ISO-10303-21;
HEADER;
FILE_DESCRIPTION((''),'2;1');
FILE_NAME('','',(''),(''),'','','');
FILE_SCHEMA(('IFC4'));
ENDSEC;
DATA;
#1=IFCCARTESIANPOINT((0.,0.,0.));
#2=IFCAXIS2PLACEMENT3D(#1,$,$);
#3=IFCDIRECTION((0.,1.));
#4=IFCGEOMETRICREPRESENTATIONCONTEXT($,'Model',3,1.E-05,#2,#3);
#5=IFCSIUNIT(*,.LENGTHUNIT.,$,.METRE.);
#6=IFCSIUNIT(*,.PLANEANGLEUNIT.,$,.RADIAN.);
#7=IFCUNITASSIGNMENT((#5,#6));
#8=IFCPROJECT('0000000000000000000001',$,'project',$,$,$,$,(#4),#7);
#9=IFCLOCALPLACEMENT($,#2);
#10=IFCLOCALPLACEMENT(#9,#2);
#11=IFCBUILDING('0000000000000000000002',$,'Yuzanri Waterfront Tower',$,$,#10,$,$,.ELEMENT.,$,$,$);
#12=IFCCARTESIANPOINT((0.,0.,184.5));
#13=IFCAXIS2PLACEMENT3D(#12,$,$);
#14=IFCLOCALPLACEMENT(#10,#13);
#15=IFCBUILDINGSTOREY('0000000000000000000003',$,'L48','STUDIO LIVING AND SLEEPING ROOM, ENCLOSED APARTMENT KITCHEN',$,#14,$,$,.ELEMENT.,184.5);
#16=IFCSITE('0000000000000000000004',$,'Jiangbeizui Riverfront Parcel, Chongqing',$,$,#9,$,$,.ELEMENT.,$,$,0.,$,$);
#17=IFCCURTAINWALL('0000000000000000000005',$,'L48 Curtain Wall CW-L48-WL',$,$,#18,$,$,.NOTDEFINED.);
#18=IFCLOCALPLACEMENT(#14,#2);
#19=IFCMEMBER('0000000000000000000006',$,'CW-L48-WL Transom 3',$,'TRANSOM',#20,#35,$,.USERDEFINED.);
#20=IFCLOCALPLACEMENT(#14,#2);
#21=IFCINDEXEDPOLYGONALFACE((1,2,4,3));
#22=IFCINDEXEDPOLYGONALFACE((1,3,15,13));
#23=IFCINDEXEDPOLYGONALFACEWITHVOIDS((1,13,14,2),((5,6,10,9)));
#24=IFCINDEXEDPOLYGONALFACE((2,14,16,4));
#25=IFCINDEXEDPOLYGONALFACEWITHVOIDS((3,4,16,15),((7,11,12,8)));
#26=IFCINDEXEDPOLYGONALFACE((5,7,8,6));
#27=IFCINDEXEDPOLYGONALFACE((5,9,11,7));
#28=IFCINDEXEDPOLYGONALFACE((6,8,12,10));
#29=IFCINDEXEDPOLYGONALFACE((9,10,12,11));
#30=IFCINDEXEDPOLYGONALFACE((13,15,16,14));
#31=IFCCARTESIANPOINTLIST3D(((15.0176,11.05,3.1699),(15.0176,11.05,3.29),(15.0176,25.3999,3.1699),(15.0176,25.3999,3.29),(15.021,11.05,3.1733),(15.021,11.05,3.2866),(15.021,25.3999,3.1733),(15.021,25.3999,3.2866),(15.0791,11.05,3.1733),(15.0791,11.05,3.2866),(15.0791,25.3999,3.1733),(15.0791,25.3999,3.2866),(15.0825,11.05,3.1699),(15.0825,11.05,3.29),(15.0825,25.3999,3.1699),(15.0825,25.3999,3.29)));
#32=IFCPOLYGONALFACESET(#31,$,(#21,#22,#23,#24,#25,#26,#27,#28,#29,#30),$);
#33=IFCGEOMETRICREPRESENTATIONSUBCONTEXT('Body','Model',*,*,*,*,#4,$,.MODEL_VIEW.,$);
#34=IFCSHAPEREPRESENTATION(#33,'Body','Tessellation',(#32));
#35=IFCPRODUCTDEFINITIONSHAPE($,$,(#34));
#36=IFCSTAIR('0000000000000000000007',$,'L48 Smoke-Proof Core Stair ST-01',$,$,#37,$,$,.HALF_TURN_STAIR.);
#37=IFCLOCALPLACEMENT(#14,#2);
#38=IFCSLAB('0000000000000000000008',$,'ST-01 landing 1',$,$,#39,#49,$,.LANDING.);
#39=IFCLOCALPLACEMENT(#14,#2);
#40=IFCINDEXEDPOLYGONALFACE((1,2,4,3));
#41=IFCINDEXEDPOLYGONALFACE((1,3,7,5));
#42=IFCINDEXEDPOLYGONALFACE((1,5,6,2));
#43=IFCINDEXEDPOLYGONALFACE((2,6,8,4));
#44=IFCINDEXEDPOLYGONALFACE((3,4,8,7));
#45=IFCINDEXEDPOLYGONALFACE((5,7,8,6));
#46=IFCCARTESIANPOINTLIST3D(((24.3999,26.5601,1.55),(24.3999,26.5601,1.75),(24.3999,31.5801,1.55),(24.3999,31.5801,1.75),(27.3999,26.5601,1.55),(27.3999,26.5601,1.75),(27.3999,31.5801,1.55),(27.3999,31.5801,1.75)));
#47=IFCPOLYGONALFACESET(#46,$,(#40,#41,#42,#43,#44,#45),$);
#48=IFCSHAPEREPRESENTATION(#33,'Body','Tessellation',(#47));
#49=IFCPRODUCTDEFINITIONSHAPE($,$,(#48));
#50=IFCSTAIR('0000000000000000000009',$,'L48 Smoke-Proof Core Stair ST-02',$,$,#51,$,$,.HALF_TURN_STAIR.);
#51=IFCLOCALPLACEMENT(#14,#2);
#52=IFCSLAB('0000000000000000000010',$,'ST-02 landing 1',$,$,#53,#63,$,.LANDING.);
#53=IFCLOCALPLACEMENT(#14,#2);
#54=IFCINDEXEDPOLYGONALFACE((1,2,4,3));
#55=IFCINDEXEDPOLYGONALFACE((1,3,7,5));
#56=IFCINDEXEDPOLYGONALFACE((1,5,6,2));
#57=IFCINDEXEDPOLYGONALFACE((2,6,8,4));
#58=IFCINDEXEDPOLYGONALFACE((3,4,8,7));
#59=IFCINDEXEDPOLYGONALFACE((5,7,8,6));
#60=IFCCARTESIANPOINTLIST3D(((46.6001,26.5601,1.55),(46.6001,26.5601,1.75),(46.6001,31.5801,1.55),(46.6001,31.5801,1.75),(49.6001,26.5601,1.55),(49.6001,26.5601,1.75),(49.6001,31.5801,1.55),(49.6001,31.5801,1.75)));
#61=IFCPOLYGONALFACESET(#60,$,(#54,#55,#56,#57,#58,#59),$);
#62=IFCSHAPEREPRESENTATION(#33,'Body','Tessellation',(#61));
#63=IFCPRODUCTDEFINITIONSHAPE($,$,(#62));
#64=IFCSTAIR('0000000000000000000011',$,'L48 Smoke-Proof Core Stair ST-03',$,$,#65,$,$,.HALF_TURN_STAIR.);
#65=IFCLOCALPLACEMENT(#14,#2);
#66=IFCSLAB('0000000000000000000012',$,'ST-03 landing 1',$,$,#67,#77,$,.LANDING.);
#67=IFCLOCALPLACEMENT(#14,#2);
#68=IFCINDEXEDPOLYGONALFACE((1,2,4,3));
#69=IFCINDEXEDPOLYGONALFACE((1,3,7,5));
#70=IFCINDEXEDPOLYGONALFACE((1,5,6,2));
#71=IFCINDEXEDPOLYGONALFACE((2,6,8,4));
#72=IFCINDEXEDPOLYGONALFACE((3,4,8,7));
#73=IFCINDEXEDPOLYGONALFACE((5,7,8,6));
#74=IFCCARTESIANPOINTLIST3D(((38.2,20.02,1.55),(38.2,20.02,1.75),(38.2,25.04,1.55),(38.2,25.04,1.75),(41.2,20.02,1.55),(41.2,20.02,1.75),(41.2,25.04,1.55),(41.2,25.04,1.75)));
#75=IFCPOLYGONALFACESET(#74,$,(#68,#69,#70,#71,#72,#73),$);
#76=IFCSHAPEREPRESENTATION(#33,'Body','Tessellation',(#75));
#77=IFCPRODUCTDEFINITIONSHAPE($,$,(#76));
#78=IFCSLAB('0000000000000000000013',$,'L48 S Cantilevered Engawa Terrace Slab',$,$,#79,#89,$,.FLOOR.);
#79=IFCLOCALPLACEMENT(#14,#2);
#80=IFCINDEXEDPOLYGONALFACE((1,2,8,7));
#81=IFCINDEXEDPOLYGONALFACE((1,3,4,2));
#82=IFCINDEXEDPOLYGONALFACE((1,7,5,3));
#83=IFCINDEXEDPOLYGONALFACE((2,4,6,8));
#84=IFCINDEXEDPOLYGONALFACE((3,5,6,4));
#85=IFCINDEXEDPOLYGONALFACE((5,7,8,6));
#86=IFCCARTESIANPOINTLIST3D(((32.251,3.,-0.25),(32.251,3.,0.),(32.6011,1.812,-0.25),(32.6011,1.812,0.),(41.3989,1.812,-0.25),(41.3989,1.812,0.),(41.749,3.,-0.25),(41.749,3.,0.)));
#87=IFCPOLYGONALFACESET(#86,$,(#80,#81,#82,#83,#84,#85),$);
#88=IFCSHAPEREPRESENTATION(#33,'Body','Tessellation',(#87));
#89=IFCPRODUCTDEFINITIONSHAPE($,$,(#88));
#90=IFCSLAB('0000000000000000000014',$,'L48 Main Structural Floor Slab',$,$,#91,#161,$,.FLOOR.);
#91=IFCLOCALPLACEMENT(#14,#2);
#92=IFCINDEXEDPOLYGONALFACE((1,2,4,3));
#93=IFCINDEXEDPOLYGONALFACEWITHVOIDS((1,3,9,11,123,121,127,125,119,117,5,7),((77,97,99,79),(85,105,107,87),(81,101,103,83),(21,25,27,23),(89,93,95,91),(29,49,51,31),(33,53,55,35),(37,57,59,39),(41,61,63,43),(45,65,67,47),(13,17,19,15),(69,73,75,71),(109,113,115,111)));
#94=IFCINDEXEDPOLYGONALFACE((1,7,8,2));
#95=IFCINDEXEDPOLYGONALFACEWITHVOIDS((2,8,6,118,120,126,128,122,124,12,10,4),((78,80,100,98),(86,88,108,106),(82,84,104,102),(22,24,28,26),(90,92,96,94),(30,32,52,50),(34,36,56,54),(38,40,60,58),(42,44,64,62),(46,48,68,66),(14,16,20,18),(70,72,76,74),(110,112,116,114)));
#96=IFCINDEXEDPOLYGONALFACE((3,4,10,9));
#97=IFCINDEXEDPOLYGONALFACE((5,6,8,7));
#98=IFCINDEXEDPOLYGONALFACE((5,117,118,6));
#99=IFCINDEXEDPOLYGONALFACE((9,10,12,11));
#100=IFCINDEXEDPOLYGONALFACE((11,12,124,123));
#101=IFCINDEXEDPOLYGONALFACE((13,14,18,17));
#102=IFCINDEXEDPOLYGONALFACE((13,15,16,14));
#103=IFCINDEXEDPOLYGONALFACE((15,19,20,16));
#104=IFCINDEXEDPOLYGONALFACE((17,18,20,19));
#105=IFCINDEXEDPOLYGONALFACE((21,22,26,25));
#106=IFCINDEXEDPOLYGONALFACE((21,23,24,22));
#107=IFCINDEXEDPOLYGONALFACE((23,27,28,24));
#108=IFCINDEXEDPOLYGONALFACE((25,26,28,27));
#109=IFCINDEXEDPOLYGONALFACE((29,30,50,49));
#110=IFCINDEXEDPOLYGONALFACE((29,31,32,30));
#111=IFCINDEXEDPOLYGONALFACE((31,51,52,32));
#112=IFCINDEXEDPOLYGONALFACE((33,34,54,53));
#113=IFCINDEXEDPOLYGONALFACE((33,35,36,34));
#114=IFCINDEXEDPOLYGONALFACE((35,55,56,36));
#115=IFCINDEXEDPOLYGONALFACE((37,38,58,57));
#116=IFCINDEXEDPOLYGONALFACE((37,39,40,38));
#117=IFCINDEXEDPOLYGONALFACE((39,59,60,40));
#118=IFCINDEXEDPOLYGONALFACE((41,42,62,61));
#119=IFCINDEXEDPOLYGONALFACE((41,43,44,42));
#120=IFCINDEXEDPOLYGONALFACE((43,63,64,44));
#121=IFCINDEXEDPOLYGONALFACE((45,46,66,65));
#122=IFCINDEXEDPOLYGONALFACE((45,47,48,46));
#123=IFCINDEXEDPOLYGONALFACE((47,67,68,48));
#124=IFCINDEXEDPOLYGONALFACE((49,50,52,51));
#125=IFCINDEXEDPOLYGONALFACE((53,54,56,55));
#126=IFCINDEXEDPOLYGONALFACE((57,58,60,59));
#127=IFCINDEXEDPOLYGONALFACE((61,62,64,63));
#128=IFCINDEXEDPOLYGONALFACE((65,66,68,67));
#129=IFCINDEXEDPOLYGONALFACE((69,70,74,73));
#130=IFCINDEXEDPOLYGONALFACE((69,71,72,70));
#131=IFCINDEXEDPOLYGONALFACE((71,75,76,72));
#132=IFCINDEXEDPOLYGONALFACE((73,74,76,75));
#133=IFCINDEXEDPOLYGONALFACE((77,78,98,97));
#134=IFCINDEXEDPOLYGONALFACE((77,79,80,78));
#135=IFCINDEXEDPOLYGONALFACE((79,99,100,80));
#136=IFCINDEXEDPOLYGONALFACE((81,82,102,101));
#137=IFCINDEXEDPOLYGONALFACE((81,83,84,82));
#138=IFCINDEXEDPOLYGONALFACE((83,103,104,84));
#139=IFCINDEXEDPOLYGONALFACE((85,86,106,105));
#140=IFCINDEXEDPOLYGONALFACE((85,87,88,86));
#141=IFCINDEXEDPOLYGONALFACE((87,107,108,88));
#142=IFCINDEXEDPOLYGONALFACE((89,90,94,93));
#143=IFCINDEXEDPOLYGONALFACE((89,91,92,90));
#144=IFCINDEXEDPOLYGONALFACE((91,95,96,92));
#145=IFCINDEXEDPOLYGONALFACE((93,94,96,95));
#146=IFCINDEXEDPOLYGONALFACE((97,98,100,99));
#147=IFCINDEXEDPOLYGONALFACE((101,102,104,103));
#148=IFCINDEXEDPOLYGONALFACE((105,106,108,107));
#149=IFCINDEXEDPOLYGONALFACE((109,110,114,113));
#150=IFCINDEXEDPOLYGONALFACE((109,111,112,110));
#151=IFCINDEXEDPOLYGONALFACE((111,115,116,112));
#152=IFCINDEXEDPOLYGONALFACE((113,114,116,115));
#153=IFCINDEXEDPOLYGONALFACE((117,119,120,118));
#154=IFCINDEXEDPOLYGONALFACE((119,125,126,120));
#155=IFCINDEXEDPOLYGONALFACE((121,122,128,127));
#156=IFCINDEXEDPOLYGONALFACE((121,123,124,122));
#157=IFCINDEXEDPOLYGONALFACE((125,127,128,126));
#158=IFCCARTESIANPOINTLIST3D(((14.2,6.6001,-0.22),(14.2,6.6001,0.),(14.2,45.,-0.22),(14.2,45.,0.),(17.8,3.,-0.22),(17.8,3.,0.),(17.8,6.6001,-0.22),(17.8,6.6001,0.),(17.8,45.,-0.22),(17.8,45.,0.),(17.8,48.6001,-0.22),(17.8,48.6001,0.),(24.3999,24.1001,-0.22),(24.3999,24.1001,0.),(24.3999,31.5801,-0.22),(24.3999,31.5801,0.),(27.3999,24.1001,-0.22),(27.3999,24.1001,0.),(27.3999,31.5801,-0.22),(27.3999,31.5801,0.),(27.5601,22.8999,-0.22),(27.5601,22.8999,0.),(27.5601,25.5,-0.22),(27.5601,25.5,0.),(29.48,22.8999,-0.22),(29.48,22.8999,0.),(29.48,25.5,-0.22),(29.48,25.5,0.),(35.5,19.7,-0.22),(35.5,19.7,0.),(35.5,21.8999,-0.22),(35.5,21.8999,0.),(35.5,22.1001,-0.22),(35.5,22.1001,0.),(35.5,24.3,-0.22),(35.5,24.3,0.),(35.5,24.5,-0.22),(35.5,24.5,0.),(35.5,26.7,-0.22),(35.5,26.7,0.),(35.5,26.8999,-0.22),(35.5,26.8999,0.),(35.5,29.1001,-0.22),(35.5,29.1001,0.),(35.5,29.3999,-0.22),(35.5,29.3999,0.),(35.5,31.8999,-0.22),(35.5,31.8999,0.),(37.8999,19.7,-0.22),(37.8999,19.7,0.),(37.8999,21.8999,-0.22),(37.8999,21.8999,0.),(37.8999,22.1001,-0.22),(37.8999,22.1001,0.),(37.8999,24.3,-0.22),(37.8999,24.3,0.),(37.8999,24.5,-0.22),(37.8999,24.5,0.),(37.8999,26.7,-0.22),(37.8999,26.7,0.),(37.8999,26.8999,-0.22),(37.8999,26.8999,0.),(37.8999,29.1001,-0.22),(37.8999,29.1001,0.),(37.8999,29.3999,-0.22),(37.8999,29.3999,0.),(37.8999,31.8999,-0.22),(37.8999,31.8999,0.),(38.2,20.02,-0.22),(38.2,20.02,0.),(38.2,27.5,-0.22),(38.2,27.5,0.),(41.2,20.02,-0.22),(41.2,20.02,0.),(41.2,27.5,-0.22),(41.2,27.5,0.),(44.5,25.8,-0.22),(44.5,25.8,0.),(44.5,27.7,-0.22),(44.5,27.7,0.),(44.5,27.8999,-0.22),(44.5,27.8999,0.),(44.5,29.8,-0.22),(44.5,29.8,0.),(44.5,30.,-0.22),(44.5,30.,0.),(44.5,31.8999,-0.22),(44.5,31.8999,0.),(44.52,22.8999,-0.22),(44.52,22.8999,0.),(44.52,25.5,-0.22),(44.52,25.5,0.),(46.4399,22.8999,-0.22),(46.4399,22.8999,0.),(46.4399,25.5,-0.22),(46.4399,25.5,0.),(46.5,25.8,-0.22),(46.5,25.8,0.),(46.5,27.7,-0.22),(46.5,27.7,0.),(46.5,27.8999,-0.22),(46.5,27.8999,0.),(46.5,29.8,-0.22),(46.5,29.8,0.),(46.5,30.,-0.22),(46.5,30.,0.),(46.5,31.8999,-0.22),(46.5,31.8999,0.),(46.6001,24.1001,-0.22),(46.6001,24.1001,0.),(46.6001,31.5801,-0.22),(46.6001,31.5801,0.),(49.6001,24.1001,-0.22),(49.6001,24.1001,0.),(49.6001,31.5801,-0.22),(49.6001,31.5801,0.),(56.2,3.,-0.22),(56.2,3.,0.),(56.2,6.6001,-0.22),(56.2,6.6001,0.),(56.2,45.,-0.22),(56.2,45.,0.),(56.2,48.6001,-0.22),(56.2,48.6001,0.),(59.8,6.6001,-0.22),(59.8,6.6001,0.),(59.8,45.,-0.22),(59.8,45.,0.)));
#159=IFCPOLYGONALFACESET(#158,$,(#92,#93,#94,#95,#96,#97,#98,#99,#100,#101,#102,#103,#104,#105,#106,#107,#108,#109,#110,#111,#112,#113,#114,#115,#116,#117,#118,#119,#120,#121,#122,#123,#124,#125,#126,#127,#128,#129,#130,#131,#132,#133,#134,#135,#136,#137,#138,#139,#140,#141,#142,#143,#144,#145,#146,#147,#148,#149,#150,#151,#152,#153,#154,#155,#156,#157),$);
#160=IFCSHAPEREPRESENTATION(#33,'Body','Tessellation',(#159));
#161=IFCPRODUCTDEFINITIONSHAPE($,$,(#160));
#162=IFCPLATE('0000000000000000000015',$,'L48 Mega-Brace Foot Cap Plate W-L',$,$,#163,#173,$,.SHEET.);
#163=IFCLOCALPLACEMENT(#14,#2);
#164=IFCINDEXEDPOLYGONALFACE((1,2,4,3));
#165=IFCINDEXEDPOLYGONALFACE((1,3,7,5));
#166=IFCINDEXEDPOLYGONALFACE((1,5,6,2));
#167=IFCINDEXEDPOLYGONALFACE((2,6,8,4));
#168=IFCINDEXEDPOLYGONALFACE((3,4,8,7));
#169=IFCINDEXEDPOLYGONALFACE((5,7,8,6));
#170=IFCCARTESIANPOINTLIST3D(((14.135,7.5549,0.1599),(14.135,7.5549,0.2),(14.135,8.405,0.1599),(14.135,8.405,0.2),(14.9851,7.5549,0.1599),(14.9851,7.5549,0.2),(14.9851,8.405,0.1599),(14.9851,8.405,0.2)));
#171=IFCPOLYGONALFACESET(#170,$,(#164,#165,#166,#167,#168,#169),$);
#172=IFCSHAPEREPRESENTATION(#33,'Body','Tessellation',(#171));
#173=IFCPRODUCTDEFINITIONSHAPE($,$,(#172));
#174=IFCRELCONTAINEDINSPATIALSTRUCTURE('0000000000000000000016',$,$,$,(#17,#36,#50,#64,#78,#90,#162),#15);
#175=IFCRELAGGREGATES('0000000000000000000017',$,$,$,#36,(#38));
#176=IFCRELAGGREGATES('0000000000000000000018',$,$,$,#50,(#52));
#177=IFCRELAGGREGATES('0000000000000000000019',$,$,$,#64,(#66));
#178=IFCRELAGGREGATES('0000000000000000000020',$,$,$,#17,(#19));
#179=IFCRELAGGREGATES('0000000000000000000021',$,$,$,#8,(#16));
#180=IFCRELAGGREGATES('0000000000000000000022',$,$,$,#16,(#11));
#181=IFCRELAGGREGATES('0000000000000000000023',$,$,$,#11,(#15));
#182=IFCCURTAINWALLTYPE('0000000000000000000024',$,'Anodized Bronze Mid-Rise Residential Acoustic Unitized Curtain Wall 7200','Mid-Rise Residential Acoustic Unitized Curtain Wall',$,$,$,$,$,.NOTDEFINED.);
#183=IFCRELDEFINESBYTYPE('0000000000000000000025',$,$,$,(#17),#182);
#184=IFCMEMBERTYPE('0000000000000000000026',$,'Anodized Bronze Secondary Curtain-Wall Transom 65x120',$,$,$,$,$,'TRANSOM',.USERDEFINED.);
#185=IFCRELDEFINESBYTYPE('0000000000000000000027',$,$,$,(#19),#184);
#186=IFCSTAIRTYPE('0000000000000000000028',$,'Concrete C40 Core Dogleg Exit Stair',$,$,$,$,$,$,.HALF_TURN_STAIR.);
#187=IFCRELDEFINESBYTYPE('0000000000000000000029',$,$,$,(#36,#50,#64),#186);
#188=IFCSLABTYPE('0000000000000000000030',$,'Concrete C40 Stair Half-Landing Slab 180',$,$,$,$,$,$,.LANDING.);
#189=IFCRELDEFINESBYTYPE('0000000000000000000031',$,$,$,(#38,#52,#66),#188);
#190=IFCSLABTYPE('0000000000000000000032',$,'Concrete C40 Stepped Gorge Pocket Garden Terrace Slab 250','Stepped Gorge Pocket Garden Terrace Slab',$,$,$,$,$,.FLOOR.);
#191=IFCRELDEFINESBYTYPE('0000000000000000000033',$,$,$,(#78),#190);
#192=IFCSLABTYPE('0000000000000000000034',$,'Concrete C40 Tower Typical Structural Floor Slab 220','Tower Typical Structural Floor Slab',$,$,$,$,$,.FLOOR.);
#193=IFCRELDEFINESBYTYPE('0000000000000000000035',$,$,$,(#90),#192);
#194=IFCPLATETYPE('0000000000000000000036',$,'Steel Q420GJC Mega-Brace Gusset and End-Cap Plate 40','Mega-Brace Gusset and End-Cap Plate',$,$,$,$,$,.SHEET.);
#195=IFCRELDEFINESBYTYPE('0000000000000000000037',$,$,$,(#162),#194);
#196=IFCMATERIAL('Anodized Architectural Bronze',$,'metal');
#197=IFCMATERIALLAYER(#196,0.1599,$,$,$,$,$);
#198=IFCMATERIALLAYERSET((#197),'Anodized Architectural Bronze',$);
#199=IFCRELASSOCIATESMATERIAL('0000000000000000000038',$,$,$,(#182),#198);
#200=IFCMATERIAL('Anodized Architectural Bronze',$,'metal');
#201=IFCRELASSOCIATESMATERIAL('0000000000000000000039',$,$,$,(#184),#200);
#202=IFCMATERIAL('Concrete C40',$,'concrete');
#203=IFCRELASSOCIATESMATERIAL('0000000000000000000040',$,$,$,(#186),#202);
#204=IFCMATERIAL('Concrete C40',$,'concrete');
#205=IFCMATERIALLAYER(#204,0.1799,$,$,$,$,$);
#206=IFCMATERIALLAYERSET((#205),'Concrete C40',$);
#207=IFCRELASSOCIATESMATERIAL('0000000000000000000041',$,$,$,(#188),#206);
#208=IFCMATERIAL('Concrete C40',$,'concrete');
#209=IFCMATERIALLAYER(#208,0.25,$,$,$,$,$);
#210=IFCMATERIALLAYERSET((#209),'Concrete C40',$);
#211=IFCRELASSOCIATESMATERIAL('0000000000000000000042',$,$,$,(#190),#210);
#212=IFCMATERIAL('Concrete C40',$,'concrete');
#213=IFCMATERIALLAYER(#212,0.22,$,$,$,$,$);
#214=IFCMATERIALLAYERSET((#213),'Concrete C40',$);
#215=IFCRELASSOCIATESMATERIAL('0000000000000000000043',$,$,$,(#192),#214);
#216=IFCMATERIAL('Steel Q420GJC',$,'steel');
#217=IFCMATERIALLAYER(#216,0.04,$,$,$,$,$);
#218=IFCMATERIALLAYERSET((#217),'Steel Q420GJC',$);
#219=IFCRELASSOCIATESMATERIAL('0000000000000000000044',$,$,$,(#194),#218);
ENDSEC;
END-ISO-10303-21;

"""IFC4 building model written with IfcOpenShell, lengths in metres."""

from ifc_helpers import new_model, si_unit, direction, frame, origin, origin_2d, place, context, subcontext, project, spatial, polyline, rectangle, hollow_rectangle, outline, extrude, source, transform, mapped, material, layer, layer_set, material_profile, profile_set, type_object, element, aggregate, save


model = new_model("IFC4")

# Units and contexts
model_context = context("Model", 3, precision=1e-05, world=origin(), true_north=direction((0.0, 1.0)))
body_context = subcontext(model_context, "Body", "Model", "MODEL_VIEW")
ifc_project = project(units=[si_unit("LENGTHUNIT", "METRE"), si_unit("PLANEANGLEUNIT", "RADIAN")], contexts=[model_context])

# Site, building, storey
site_placement = place(None, origin())
site = spatial("IfcSite", under=ifc_project, at=site_placement, Name="Jiangbeizui Riverfront Parcel, Chongqing", CompositionType="ELEMENT", RefElevation=0.0)
building_placement = place(site_placement, origin())
building = spatial("IfcBuilding", under=site, at=building_placement, Name="Yuzanri Waterfront Tower", CompositionType="ELEMENT")
storey_placement = place(building_placement, frame((0.0, 0.0, 184.5)))
storey = spatial("IfcBuildingStorey", under=building, at=storey_placement, Name="L48", Description="STUDIO LIVING AND SLEEPING ROOM, ENCLOSED APARTMENT KITCHEN", CompositionType="ELEMENT", Elevation=184.5)

# Curtain wall, member
ifc_material_1 = material(Name="Anodized Architectural Bronze", Category="metal")
ifc_layer_1 = layer(ifc_material_1, 0.1599)
ifc_layer_set_1 = layer_set([ifc_layer_1], Name="Anodized Architectural Bronze")
curtain_wall_type = type_object("IfcCurtainWallType", Name="Anodized Bronze Mid-Rise Residential Acoustic Unitized Curtain Wall 7200", Description="Mid-Rise Residential Acoustic Unitized Curtain Wall", PredefinedType="NOTDEFINED", material=ifc_layer_set_1)
curtain_wall_placement = place(storey_placement, origin())
curtain_wall = element("IfcCurtainWall", 1, at=curtain_wall_placement, inside=storey, type_object=curtain_wall_type, Name="L48 Curtain Wall CW-L48-WL", PredefinedType="NOTDEFINED")
ifc_material_2 = material(Name="Anodized Architectural Bronze", Category="metal")
ifc_material_profile_1 = material_profile(ifc_material_2, hollow_rectangle(XDim=0.0649, YDim=0.1201, WallThickness=0.0034, at=origin_2d()), Name="CWT 65x120")
ifc_profile_set_1 = profile_set([ifc_material_profile_1], Name="Anodized Architectural Bronze")
member_type_1 = type_object("IfcMemberType", Name="Anodized Bronze Secondary Curtain-Wall Transom 65x120", ElementType="TRANSOM", PredefinedType="USERDEFINED", material=ifc_profile_set_1)
shared_shape_1 = source(origin(), body_context, "Body", "SweptSolid", [
    extrude(hollow_rectangle(XDim=0.0649, YDim=0.1201, WallThickness=0.0034, at=origin_2d()), origin(), (0.0, 0.0, 1.0), 14.3499),
])
member_1_placement = place(storey_placement, frame((15.05, 11.05, 3.23), z_axis=(0.0, 1.0, 0.0), x_axis=(-1.0, 0.0, 0.0)))
member_1 = element("IfcMember", 2, at=member_1_placement, type_object=member_type_1, Name="CW-L48-WL Transom 3", ObjectType="TRANSOM", PredefinedType="USERDEFINED", context=body_context, shape_type="MappedRepresentation", body=[
    mapped(shared_shape_1, transform((0.0, 0.0, 0.0), scale=1.0)),
])

# Stairs, slabs
ifc_material_3 = material(Name="Concrete C40", Category="concrete")
stair_type = type_object("IfcStairType", Name="Concrete C40 Core Dogleg Exit Stair", PredefinedType="HALF_TURN_STAIR", material=ifc_material_3)
stair_1_placement = place(storey_placement, origin())
stair_1 = element("IfcStair", 3, at=stair_1_placement, inside=storey, type_object=stair_type, Name="L48 Smoke-Proof Core Stair ST-01", PredefinedType="HALF_TURN_STAIR")
ifc_material_4 = material(Name="Concrete C40", Category="concrete")
ifc_layer_2 = layer(ifc_material_4, 0.1799)
ifc_layer_set_2 = layer_set([ifc_layer_2], Name="Concrete C40")
slab_type_1 = type_object("IfcSlabType", Name="Concrete C40 Stair Half-Landing Slab 180", PredefinedType="LANDING", material=ifc_layer_set_2)
slab_1_placement = place(storey_placement, frame((0.0, 0.0, 1.55)))
slab_1 = element("IfcSlab", 4, at=slab_1_placement, type_object=slab_type_1, Name="ST-01 landing 1", PredefinedType="LANDING", context=body_context, shape_type="SweptSolid", body=[
    extrude(outline(polyline([(27.3999, 26.5601), (27.3999, 31.5801), (24.3999, 31.5801), (24.3999, 26.5601), (27.3999, 26.5601)])), origin(), (0.0, 0.0, 1.0), 0.2),
])
aggregate(stair_1, [slab_1])
stair_2_placement = place(storey_placement, origin())
stair_2 = element("IfcStair", 5, at=stair_2_placement, inside=storey, type_object=stair_type, Name="L48 Smoke-Proof Core Stair ST-02", PredefinedType="HALF_TURN_STAIR")
slab_2_placement = place(storey_placement, frame((0.0, 0.0, 1.55)))
slab_2 = element("IfcSlab", 6, at=slab_2_placement, type_object=slab_type_1, Name="ST-02 landing 1", PredefinedType="LANDING", context=body_context, shape_type="SweptSolid", body=[
    extrude(outline(polyline([(49.6001, 26.5601), (49.6001, 31.5801), (46.6001, 31.5801), (46.6001, 26.5601), (49.6001, 26.5601)])), origin(), (0.0, 0.0, 1.0), 0.2),
])
aggregate(stair_2, [slab_2])
stair_3_placement = place(storey_placement, origin())
stair_3 = element("IfcStair", 7, at=stair_3_placement, inside=storey, type_object=stair_type, Name="L48 Smoke-Proof Core Stair ST-03", PredefinedType="HALF_TURN_STAIR")
slab_3_placement = place(storey_placement, frame((0.0, 0.0, 1.55)))
slab_3 = element("IfcSlab", 8, at=slab_3_placement, type_object=slab_type_1, Name="ST-03 landing 1", PredefinedType="LANDING", context=body_context, shape_type="SweptSolid", body=[
    extrude(outline(polyline([(38.2, 25.04), (38.2, 20.02), (41.2, 20.02), (41.2, 25.04), (38.2, 25.04)])), origin(), (0.0, 0.0, 1.0), 0.2),
])
aggregate(stair_3, [slab_3])

# Slabs
ifc_material_5 = material(Name="Concrete C40", Category="concrete")
ifc_layer_3 = layer(ifc_material_5, 0.25)
ifc_layer_set_3 = layer_set([ifc_layer_3], Name="Concrete C40")
slab_type_2 = type_object("IfcSlabType", Name="Concrete C40 Stepped Gorge Pocket Garden Terrace Slab 250", Description="Stepped Gorge Pocket Garden Terrace Slab", PredefinedType="FLOOR", material=ifc_layer_set_3)
slab_4_placement = place(storey_placement, frame((0.0, 0.0, -0.25)))
element("IfcSlab", 9, at=slab_4_placement, inside=storey, type_object=slab_type_2, Name="L48 S Cantilevered Engawa Terrace Slab", PredefinedType="FLOOR", context=body_context, shape_type="SweptSolid", body=[
    extrude(outline(polyline([(32.251, 3.0), (41.749, 3.0), (41.3989, 1.812), (32.6011, 1.812), (32.251, 3.0)])), origin(), (0.0, 0.0, 1.0), 0.25),
])
ifc_material_6 = material(Name="Concrete C40", Category="concrete")
ifc_layer_4 = layer(ifc_material_6, 0.22)
ifc_layer_set_4 = layer_set([ifc_layer_4], Name="Concrete C40")
slab_type_3 = type_object("IfcSlabType", Name="Concrete C40 Tower Typical Structural Floor Slab 220", Description="Tower Typical Structural Floor Slab", PredefinedType="FLOOR", material=ifc_layer_set_4)
slab_5_placement = place(storey_placement, frame((0.0, 0.0, -0.22)))
element("IfcSlab", 10, at=slab_5_placement, inside=storey, type_object=slab_type_3, Name="L48 Main Structural Floor Slab", PredefinedType="FLOOR", context=body_context, shape_type="SweptSolid", body=[
    extrude(outline(polyline([(17.8, 3.0), (56.2, 3.0), (56.2, 6.6001), (59.8, 6.6001), (59.8, 45.0), (56.2, 45.0), (56.2, 48.6001), (17.8, 48.6001), (17.8, 45.0), (14.2, 45.0), (14.2, 6.6001), (17.8, 6.6001), (17.8, 3.0)]), holes=[polyline([(27.3999, 24.1001), (27.3999, 31.5801), (24.3999, 31.5801), (24.3999, 24.1001), (27.3999, 24.1001)]), polyline([(49.6001, 24.1001), (49.6001, 31.5801), (46.6001, 31.5801), (46.6001, 24.1001), (49.6001, 24.1001)]), polyline([(38.2, 27.5), (38.2, 20.02), (41.2, 20.02), (41.2, 27.5), (38.2, 27.5)]), polyline([(27.5601, 22.8999), (29.48, 22.8999), (29.48, 25.5), (27.5601, 25.5), (27.5601, 22.8999)]), polyline([(44.52, 22.8999), (46.4399, 22.8999), (46.4399, 25.5), (44.52, 25.5), (44.52, 22.8999)]), polyline([(35.5, 19.7), (37.8999, 19.7), (37.8999, 21.8999), (35.5, 21.8999), (35.5, 19.7)]), polyline([(35.5, 22.1001), (37.8999, 22.1001), (37.8999, 24.3), (35.5, 24.3), (35.5, 22.1001)]), polyline([(35.5, 24.5), (37.8999, 24.5), (37.8999, 26.7), (35.5, 26.7), (35.5, 24.5)]), polyline([(35.5, 26.8999), (37.8999, 26.8999), (37.8999, 29.1001), (35.5, 29.1001), (35.5, 26.8999)]), polyline([(35.5, 29.3999), (37.8999, 29.3999), (37.8999, 31.8999), (35.5, 31.8999), (35.5, 29.3999)]), polyline([(44.5, 25.8), (46.5, 25.8), (46.5, 27.7), (44.5, 27.7), (44.5, 25.8)]), polyline([(44.5, 27.8999), (46.5, 27.8999), (46.5, 29.8), (44.5, 29.8), (44.5, 27.8999)]), polyline([(44.5, 30.0), (46.5, 30.0), (46.5, 31.8999), (44.5, 31.8999), (44.5, 30.0)])]), origin(), (0.0, 0.0, 1.0), 0.22),
])

# Plate
ifc_material_7 = material(Name="Steel Q420GJC", Category="steel")
ifc_layer_5 = layer(ifc_material_7, 0.04)
ifc_layer_set_5 = layer_set([ifc_layer_5], Name="Steel Q420GJC")
plate_type_1 = type_object("IfcPlateType", Name="Steel Q420GJC Mega-Brace Gusset and End-Cap Plate 40", Description="Mega-Brace Gusset and End-Cap Plate", PredefinedType="SHEET", material=ifc_layer_set_5)
shared_shape_2 = source(origin(), body_context, "Body", "SweptSolid", [
    extrude(rectangle(XDim=0.8501, YDim=0.8501, at=origin_2d()), origin(), (0.0, 0.0, 1.0), 0.04),
])
plate_1_placement = place(storey_placement, frame((14.5601, 7.98, 0.1599), z_axis=(0.0, 0.0, 1.0), x_axis=(1.0, 0.0, 0.0)))
element("IfcPlate", 11, at=plate_1_placement, inside=storey, type_object=plate_type_1, Name="L48 Mega-Brace Foot Cap Plate W-L", PredefinedType="SHEET", context=body_context, shape_type="MappedRepresentation", body=[
    mapped(shared_shape_2, transform((0.0, 0.0, 0.0), scale=1.0)),
])
aggregate(curtain_wall, [member_1])

save(model, "model.ifc")
